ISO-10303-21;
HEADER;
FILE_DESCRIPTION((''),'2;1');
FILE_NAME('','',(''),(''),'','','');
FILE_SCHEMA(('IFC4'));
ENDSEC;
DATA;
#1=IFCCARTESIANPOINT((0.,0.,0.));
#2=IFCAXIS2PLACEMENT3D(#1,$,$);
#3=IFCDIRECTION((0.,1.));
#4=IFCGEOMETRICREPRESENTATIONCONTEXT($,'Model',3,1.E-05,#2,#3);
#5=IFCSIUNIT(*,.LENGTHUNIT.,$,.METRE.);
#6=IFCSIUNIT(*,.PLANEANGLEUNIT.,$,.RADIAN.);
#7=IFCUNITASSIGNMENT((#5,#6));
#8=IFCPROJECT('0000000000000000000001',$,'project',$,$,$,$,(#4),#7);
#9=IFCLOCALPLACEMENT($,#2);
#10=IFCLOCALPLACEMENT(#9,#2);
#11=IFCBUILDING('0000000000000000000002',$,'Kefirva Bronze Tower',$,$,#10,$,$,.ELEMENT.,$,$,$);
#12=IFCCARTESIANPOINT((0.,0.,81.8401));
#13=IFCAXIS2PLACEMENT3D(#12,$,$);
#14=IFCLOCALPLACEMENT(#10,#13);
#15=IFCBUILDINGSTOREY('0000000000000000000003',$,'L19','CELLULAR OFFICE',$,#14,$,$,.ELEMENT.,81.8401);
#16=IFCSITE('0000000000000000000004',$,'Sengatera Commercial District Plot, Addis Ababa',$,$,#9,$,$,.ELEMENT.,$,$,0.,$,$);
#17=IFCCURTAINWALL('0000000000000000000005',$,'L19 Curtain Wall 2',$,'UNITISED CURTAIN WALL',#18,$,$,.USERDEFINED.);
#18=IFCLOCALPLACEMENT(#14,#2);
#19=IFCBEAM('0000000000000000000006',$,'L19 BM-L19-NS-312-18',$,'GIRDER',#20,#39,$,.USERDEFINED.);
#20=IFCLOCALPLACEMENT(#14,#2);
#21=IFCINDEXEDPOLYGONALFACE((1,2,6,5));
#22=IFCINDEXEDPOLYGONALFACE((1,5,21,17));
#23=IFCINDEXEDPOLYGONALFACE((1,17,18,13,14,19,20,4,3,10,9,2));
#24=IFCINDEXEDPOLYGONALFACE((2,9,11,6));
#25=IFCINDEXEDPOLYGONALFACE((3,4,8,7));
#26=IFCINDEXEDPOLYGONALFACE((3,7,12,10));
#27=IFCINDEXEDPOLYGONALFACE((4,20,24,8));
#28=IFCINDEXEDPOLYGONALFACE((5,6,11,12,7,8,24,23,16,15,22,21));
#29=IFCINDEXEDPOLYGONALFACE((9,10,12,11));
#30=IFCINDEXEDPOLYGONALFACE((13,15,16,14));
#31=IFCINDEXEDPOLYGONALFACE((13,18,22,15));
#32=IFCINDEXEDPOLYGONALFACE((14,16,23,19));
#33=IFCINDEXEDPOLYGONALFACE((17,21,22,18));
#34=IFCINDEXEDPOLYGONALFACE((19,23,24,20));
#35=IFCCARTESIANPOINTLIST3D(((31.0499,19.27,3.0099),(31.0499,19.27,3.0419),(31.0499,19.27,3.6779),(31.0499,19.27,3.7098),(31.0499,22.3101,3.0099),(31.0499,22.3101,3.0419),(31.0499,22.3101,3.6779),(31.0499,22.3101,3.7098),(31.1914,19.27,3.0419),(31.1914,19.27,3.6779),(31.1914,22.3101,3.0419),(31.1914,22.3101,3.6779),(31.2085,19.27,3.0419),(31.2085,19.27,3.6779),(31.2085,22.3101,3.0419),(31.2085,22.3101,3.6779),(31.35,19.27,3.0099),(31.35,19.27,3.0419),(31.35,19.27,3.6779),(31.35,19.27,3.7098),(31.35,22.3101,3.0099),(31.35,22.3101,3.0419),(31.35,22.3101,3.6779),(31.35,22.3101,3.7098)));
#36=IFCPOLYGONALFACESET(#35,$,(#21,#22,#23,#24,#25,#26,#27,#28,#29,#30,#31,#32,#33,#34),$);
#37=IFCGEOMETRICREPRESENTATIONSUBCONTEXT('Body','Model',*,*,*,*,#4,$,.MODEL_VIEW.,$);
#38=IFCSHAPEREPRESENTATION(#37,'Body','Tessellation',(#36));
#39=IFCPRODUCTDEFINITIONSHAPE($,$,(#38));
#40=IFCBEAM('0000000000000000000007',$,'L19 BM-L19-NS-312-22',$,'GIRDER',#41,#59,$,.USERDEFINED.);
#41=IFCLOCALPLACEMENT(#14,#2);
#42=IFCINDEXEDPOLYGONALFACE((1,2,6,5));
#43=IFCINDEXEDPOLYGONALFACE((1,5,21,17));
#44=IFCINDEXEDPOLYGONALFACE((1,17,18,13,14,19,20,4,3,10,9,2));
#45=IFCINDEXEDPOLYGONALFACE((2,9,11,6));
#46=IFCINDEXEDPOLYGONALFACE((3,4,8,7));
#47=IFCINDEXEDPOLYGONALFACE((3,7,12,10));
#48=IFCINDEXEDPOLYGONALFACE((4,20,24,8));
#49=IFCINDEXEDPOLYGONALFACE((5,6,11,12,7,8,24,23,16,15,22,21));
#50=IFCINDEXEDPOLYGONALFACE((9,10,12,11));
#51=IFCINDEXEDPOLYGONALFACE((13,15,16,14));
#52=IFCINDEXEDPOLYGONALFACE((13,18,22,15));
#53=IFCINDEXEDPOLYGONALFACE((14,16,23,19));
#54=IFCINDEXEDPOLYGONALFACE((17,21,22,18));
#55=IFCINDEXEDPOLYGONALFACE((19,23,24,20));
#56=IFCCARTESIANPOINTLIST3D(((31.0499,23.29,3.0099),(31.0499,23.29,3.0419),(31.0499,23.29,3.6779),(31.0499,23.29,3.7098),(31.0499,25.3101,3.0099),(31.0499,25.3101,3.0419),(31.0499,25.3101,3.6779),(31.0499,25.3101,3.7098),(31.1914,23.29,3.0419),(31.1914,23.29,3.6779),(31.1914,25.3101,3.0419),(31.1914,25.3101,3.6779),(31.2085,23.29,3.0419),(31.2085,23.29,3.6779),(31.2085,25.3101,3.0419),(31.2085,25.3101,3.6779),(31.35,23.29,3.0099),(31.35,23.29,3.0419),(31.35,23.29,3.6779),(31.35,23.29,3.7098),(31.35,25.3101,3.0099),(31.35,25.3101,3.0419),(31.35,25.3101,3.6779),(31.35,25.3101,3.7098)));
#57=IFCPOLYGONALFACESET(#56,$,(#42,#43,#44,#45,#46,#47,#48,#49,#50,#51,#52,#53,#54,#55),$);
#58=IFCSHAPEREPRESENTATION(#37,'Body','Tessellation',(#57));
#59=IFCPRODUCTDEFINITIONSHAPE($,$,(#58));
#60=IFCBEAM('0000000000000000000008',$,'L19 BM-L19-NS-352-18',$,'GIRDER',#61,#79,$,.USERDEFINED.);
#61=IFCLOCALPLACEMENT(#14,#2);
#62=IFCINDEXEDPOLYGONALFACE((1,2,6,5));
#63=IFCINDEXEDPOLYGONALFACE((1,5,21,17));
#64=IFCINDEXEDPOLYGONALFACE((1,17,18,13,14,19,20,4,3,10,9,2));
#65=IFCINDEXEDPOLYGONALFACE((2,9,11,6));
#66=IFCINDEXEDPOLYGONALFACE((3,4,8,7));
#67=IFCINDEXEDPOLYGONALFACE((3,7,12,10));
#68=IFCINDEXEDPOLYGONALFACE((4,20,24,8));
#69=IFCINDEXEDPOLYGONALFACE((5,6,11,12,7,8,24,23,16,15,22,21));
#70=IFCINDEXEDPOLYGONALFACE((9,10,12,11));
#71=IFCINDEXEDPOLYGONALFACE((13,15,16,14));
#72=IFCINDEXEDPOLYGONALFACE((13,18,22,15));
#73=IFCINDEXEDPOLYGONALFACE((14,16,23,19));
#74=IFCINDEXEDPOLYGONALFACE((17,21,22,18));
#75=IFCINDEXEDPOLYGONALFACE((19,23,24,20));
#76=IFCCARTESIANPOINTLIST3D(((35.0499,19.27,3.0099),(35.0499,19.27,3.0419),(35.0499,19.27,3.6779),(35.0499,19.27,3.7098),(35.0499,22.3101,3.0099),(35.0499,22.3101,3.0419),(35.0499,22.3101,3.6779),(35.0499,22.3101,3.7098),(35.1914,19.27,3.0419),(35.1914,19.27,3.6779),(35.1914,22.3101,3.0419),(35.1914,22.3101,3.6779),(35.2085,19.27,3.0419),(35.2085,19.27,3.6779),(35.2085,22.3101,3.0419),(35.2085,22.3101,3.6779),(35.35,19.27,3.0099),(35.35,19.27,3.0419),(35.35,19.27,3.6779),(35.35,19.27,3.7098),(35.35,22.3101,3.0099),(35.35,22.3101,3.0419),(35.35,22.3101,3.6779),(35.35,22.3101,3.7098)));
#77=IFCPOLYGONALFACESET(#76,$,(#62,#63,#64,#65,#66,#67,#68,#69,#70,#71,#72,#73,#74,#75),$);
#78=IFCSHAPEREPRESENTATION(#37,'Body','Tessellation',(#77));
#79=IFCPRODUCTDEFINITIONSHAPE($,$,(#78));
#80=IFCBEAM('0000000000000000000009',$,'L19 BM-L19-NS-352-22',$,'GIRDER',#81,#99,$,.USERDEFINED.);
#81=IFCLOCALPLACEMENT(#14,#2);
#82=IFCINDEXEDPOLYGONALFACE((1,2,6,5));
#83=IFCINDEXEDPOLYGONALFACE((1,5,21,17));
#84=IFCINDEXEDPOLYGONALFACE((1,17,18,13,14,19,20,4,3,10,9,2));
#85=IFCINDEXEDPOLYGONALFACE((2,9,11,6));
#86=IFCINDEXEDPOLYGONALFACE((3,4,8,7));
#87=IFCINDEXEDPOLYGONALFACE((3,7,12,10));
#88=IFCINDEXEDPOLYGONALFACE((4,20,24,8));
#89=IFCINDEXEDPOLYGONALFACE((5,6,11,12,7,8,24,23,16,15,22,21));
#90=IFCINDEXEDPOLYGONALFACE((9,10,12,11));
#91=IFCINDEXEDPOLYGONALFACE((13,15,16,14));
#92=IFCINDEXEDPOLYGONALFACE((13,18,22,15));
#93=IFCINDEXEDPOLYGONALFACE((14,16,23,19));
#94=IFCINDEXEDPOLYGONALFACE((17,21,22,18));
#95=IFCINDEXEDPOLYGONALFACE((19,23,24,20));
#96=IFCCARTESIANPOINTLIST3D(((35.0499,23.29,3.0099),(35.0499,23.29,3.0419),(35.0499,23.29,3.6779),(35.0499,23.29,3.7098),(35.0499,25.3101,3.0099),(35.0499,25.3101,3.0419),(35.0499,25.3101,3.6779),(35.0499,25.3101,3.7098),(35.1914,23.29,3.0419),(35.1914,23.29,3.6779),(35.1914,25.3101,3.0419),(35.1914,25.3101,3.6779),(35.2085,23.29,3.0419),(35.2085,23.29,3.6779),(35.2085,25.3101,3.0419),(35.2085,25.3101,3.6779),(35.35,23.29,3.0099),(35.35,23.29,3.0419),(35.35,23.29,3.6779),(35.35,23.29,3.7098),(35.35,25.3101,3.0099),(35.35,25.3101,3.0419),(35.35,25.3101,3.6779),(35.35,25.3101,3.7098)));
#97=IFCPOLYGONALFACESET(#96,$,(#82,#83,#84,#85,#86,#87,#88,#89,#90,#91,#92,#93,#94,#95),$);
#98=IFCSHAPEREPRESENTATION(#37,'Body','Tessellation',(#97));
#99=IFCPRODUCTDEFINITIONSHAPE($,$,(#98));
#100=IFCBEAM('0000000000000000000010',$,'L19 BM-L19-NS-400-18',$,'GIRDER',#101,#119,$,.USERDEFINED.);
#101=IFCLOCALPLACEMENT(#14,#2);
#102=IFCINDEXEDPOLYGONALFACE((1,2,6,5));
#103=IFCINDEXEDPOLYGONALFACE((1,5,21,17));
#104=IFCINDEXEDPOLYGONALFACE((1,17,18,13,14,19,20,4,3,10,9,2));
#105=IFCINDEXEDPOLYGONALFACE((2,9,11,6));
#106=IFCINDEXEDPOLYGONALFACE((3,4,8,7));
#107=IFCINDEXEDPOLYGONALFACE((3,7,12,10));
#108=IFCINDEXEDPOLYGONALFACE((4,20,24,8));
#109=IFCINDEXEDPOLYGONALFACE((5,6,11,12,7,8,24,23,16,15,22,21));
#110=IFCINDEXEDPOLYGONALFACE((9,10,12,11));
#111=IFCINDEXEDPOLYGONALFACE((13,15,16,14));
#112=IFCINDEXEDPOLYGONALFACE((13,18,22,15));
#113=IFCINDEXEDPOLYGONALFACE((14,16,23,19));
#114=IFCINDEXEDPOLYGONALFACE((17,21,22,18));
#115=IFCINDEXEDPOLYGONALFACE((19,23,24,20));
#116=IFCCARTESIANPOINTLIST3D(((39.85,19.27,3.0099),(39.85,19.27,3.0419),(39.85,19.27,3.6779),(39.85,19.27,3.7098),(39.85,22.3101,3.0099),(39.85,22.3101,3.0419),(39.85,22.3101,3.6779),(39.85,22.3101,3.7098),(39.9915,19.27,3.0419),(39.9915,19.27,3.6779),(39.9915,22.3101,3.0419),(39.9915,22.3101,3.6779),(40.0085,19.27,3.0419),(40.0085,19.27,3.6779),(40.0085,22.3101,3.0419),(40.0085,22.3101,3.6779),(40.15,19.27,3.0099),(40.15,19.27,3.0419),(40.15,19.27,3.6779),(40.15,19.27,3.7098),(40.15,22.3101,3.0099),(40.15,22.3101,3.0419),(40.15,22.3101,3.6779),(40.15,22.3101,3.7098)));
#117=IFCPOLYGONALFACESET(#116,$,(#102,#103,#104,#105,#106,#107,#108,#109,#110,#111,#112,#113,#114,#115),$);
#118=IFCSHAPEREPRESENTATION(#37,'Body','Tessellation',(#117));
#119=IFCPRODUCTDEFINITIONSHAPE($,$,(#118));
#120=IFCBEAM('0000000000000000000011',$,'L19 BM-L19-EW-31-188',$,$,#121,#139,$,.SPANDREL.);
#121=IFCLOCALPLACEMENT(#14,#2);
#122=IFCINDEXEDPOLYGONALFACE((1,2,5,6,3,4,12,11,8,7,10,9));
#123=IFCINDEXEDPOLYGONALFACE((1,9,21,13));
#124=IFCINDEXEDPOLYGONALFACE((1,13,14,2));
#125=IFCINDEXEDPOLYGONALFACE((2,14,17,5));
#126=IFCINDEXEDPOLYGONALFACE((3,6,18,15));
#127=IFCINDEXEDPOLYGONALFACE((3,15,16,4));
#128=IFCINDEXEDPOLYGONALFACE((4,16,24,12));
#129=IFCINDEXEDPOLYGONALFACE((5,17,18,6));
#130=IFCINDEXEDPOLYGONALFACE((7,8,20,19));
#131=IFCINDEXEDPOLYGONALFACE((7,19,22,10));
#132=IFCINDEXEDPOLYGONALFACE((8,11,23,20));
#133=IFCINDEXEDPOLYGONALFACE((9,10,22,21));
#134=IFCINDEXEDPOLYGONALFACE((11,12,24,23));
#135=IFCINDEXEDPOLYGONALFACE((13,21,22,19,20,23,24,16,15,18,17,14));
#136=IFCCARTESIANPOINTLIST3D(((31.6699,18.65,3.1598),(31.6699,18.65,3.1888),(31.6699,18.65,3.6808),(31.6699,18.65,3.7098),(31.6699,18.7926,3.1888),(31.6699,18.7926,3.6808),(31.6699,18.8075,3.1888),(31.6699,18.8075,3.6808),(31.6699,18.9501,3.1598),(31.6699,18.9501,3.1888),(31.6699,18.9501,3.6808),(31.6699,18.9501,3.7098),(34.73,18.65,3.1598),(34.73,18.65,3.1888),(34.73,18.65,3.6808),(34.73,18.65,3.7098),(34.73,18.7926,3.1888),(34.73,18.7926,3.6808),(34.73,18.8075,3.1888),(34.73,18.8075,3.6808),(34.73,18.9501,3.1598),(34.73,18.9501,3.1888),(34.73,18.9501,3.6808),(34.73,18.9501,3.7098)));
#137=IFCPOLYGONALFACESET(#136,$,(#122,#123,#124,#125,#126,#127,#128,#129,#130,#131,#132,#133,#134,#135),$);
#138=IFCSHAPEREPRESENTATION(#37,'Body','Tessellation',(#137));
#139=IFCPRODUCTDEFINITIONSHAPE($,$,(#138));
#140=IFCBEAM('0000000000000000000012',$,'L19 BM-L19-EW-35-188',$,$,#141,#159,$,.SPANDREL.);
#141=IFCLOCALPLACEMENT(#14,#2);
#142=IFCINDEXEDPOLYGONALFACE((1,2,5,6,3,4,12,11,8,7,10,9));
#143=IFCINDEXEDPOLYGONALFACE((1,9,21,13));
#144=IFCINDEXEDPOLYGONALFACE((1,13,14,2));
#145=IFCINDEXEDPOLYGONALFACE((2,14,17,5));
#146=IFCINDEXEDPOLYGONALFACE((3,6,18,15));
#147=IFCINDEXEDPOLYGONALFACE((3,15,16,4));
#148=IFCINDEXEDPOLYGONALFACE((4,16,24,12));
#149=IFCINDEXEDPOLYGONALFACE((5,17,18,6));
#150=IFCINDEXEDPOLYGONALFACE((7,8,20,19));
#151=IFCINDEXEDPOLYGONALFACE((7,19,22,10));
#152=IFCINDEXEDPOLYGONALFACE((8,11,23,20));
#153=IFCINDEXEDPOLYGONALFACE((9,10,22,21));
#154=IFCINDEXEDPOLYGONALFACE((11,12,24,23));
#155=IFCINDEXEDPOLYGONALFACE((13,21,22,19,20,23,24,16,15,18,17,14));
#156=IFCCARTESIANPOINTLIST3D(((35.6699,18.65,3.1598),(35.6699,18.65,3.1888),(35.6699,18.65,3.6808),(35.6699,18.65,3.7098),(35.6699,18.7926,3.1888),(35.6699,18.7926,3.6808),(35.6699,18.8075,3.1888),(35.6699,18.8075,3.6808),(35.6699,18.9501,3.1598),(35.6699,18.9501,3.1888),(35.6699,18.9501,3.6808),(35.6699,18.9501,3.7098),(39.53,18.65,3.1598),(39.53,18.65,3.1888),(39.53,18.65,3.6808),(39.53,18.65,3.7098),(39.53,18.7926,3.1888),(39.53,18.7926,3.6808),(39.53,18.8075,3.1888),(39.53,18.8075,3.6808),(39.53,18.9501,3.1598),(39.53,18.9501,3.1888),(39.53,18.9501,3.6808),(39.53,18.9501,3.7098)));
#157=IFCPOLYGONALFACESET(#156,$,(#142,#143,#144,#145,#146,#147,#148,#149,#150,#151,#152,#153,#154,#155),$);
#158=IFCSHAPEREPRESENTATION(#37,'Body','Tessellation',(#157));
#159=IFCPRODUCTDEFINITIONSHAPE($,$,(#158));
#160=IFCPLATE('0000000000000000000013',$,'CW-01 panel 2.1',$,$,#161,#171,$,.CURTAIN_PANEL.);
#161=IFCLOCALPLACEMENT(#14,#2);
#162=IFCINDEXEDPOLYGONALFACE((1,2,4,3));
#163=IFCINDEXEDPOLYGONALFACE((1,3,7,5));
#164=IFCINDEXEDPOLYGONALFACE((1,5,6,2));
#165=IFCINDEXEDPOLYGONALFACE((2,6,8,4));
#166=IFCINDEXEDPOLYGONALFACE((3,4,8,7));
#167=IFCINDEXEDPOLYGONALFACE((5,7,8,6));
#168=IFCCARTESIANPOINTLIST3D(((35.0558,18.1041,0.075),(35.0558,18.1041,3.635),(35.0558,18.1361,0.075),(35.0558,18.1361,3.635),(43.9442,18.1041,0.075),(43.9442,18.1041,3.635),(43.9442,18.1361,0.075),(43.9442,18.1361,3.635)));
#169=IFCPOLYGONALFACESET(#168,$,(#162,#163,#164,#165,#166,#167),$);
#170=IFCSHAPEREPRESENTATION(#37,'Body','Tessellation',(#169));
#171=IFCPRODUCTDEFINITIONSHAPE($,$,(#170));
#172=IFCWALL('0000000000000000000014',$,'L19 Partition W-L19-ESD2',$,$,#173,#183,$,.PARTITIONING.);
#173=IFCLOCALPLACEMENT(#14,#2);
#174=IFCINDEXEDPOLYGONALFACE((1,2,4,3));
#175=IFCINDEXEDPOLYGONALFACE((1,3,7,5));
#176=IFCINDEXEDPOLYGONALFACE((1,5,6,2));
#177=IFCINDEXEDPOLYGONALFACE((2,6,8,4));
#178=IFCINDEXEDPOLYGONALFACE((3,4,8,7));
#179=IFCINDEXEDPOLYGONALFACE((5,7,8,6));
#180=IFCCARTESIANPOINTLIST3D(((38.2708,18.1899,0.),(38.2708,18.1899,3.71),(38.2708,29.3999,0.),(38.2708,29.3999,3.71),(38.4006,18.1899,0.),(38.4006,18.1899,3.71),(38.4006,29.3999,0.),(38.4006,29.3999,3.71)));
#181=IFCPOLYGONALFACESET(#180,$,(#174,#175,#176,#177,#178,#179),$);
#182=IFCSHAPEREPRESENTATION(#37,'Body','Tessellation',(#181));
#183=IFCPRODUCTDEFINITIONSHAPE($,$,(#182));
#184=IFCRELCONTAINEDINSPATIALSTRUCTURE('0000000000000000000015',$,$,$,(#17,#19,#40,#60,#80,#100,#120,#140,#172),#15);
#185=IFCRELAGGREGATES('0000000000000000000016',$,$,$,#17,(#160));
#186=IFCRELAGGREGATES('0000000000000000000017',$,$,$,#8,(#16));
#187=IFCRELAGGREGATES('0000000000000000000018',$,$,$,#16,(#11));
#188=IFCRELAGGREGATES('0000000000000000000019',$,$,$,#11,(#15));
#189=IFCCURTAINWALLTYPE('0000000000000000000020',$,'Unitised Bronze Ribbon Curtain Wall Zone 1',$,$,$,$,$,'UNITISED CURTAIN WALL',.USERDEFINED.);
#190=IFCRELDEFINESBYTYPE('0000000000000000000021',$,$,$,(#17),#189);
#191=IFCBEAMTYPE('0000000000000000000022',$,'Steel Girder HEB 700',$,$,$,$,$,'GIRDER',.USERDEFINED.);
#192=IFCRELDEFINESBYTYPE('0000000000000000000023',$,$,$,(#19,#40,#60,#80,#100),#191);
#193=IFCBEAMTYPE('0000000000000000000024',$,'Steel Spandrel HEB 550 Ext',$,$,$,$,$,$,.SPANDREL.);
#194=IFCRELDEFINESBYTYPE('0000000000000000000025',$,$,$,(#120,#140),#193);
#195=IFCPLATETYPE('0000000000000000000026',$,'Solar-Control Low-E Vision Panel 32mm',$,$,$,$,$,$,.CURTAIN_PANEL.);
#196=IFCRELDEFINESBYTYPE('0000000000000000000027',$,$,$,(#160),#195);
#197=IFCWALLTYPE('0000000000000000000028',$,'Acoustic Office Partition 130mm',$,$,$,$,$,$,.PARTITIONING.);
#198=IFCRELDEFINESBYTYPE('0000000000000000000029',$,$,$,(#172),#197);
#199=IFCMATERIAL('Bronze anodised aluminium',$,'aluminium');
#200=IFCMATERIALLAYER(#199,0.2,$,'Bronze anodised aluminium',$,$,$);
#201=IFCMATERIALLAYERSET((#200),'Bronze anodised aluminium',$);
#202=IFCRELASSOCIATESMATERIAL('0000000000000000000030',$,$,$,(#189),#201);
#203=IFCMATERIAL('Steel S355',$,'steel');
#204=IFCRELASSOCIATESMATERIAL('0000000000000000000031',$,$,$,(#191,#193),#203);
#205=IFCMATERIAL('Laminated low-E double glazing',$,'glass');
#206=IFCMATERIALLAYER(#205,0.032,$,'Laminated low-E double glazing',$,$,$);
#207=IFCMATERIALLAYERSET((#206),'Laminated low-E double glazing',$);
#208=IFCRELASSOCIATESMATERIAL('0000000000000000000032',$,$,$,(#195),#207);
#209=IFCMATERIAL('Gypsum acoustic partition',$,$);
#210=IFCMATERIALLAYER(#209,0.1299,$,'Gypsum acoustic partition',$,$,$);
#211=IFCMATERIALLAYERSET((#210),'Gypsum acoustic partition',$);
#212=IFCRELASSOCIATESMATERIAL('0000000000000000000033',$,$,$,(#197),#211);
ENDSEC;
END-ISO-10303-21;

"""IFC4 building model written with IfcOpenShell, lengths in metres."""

from ifc_helpers import new_model, si_unit, direction, frame, frame_2d, origin, origin_2d, place, context, subcontext, project, spatial, rectangle, i_section, extrude, material, layer, layer_set, material_profile, profile_set, type_object, element, aggregate, save


model = new_model("IFC4")

# Units and contexts
model_context = context("Model", 3, precision=1e-05, world=origin(), true_north=direction((0.0, 1.0)))
body_context = subcontext(model_context, "Body", "Model", "MODEL_VIEW")
ifc_project = project(units=[si_unit("LENGTHUNIT", "METRE"), si_unit("PLANEANGLEUNIT", "RADIAN")], contexts=[model_context])

# Site, building, storey
site_placement = place(None, origin())
site = spatial("IfcSite", under=ifc_project, at=site_placement, Name="Sengatera Commercial District Plot, Addis Ababa", CompositionType="ELEMENT", RefElevation=0.0)
building_placement = place(site_placement, origin())
building = spatial("IfcBuilding", under=site, at=building_placement, Name="Kefirva Bronze Tower", CompositionType="ELEMENT")
storey_placement = place(building_placement, frame((0.0, 0.0, 81.8401)))
storey = spatial("IfcBuildingStorey", under=building, at=storey_placement, Name="L19", Description="CELLULAR OFFICE", CompositionType="ELEMENT", Elevation=81.8401)

# Curtain wall
ifc_material_1 = material(Name="Bronze anodised aluminium", Category="aluminium")
ifc_layer_1 = layer(ifc_material_1, 0.2, Name="Bronze anodised aluminium")
ifc_layer_set_1 = layer_set([ifc_layer_1], Name="Bronze anodised aluminium")
curtain_wall_type = type_object("IfcCurtainWallType", Name="Unitised Bronze Ribbon Curtain Wall Zone 1", ElementType="UNITISED CURTAIN WALL", PredefinedType="USERDEFINED", material=ifc_layer_set_1)
curtain_wall_placement = place(storey_placement, origin())
curtain_wall = element("IfcCurtainWall", 1, at=curtain_wall_placement, inside=storey, type_object=curtain_wall_type, Name="L19 Curtain Wall 2", ObjectType="UNITISED CURTAIN WALL", PredefinedType="USERDEFINED")

# Beams
ifc_material_2 = material(Name="Steel S355", Category="steel")
ifc_material_profile_1 = material_profile(ifc_material_2, i_section(OverallWidth=0.3, OverallDepth=0.7, WebThickness=0.0171, FlangeThickness=0.032, at=origin_2d()), Name="HEB 700")
ifc_profile_set_1 = profile_set([ifc_material_profile_1], Name="Steel S355")
beam_type_1 = type_object("IfcBeamType", Name="Steel Girder HEB 700", ElementType="GIRDER", PredefinedType="USERDEFINED", material=ifc_profile_set_1)
beam_1_placement = place(storey_placement, frame((31.2, 19.27, 3.3599), z_axis=(0.0, 1.0, 0.0), x_axis=(-1.0, 0.0, 0.0)))
element("IfcBeam", 2, at=beam_1_placement, inside=storey, type_object=beam_type_1, Name="L19 BM-L19-NS-312-18", ObjectType="GIRDER", PredefinedType="USERDEFINED", context=body_context, shape_type="SweptSolid", body=[
    extrude(i_section(OverallWidth=0.3, OverallDepth=0.7, WebThickness=0.0171, FlangeThickness=0.032, at=origin_2d()), origin(), (0.0, 0.0, 1.0), 3.04),
])
beam_2_placement = place(storey_placement, frame((31.2, 23.29, 3.3599), z_axis=(0.0, 1.0, 0.0), x_axis=(-1.0, 0.0, 0.0)))
element("IfcBeam", 3, at=beam_2_placement, inside=storey, type_object=beam_type_1, Name="L19 BM-L19-NS-312-22", ObjectType="GIRDER", PredefinedType="USERDEFINED", context=body_context, shape_type="SweptSolid", body=[
    extrude(i_section(OverallWidth=0.3, OverallDepth=0.7, WebThickness=0.0171, FlangeThickness=0.032, at=origin_2d()), origin(), (0.0, 0.0, 1.0), 2.02),
])
beam_3_placement = place(storey_placement, frame((35.2, 19.27, 3.3599), z_axis=(0.0, 1.0, 0.0), x_axis=(-1.0, 0.0, 0.0)))
element("IfcBeam", 4, at=beam_3_placement, inside=storey, type_object=beam_type_1, Name="L19 BM-L19-NS-352-18", ObjectType="GIRDER", PredefinedType="USERDEFINED", context=body_context, shape_type="SweptSolid", body=[
    extrude(i_section(OverallWidth=0.3, OverallDepth=0.7, WebThickness=0.0171, FlangeThickness=0.032, at=origin_2d()), origin(), (0.0, 0.0, 1.0), 3.04),
])
beam_4_placement = place(storey_placement, frame((35.2, 23.29, 3.3599), z_axis=(0.0, 1.0, 0.0), x_axis=(-1.0, 0.0, 0.0)))
element("IfcBeam", 5, at=beam_4_placement, inside=storey, type_object=beam_type_1, Name="L19 BM-L19-NS-352-22", ObjectType="GIRDER", PredefinedType="USERDEFINED", context=body_context, shape_type="SweptSolid", body=[
    extrude(i_section(OverallWidth=0.3, OverallDepth=0.7, WebThickness=0.0171, FlangeThickness=0.032, at=origin_2d()), origin(), (0.0, 0.0, 1.0), 2.02),
])
beam_5_placement = place(storey_placement, frame((40.0, 19.27, 3.3599), z_axis=(0.0, 1.0, 0.0), x_axis=(-1.0, 0.0, 0.0)))
element("IfcBeam", 6, at=beam_5_placement, inside=storey, type_object=beam_type_1, Name="L19 BM-L19-NS-400-18", ObjectType="GIRDER", PredefinedType="USERDEFINED", context=body_context, shape_type="SweptSolid", body=[
    extrude(i_section(OverallWidth=0.3, OverallDepth=0.7, WebThickness=0.0171, FlangeThickness=0.032, at=origin_2d()), origin(), (0.0, 0.0, 1.0), 3.04),
])
ifc_material_profile_2 = material_profile(ifc_material_2, i_section(OverallWidth=0.3, OverallDepth=0.55, WebThickness=0.0149, FlangeThickness=0.0291, at=origin_2d()), Name="HEB 550")
ifc_profile_set_2 = profile_set([ifc_material_profile_2], Name="Steel S355")
beam_type_2 = type_object("IfcBeamType", Name="Steel Spandrel HEB 550 Ext", PredefinedType="SPANDREL", material=ifc_profile_set_2)
beam_6_placement = place(storey_placement, frame((31.6699, 18.8, 3.4348), z_axis=(1.0, 0.0, 0.0), x_axis=(0.0, 1.0, 0.0)))
element("IfcBeam", 7, at=beam_6_placement, inside=storey, type_object=beam_type_2, Name="L19 BM-L19-EW-31-188", PredefinedType="SPANDREL", context=body_context, shape_type="SweptSolid", body=[
    extrude(i_section(OverallWidth=0.3, OverallDepth=0.55, WebThickness=0.0149, FlangeThickness=0.0291, at=origin_2d()), origin(), (0.0, 0.0, 1.0), 3.0601),
])
beam_7_placement = place(storey_placement, frame((35.6699, 18.8, 3.4348), z_axis=(1.0, 0.0, 0.0), x_axis=(0.0, 1.0, 0.0)))
element("IfcBeam", 8, at=beam_7_placement, inside=storey, type_object=beam_type_2, Name="L19 BM-L19-EW-35-188", PredefinedType="SPANDREL", context=body_context, shape_type="SweptSolid", body=[
    extrude(i_section(OverallWidth=0.3, OverallDepth=0.55, WebThickness=0.0149, FlangeThickness=0.0291, at=origin_2d()), origin(), (0.0, 0.0, 1.0), 3.8601),
])

# Plate
ifc_material_3 = material(Name="Laminated low-E double glazing", Category="glass")
ifc_layer_2 = layer(ifc_material_3, 0.032, Name="Laminated low-E double glazing")
ifc_layer_set_2 = layer_set([ifc_layer_2], Name="Laminated low-E double glazing")
plate_type = type_object("IfcPlateType", Name="Solar-Control Low-E Vision Panel 32mm", PredefinedType="CURTAIN_PANEL", material=ifc_layer_set_2)
plate_placement = place(storey_placement, frame((39.5, 18.1201, 0.075), z_axis=(0.0, 0.0, 1.0), x_axis=(1.0, 0.0, 0.0)))
plate = element("IfcPlate", 9, at=plate_placement, type_object=plate_type, Name="CW-01 panel 2.1", PredefinedType="CURTAIN_PANEL", context=body_context, shape_type="SweptSolid", body=[
    extrude(rectangle(XDim=8.8884, YDim=0.032, at=origin_2d()), origin(), (0.0, 0.0, 1.0), 3.5601),
])
aggregate(curtain_wall, [plate])

# Wall
ifc_material_4 = material(Name="Gypsum acoustic partition")
ifc_layer_3 = layer(ifc_material_4, 0.1299, Name="Gypsum acoustic partition")
ifc_layer_set_3 = layer_set([ifc_layer_3], Name="Gypsum acoustic partition")
wall_type = type_object("IfcWallType", Name="Acoustic Office Partition 130mm", PredefinedType="PARTITIONING", material=ifc_layer_set_3)
wall_placement = place(storey_placement, frame((38.3357, 18.1899, 0.0), z_axis=(0.0, 0.0, 1.0), x_axis=(0.0, 1.0, 0.0)))
element("IfcWall", 10, at=wall_placement, inside=storey, type_object=wall_type, Name="L19 Partition W-L19-ESD2", PredefinedType="PARTITIONING", context=body_context, shape_type="SweptSolid", body=[
    extrude(rectangle(XDim=11.21, YDim=0.1299, at=frame_2d((5.605, 0.0))), origin(), (0.0, 0.0, 1.0), 3.71),
])

save(model, "model.ifc")
